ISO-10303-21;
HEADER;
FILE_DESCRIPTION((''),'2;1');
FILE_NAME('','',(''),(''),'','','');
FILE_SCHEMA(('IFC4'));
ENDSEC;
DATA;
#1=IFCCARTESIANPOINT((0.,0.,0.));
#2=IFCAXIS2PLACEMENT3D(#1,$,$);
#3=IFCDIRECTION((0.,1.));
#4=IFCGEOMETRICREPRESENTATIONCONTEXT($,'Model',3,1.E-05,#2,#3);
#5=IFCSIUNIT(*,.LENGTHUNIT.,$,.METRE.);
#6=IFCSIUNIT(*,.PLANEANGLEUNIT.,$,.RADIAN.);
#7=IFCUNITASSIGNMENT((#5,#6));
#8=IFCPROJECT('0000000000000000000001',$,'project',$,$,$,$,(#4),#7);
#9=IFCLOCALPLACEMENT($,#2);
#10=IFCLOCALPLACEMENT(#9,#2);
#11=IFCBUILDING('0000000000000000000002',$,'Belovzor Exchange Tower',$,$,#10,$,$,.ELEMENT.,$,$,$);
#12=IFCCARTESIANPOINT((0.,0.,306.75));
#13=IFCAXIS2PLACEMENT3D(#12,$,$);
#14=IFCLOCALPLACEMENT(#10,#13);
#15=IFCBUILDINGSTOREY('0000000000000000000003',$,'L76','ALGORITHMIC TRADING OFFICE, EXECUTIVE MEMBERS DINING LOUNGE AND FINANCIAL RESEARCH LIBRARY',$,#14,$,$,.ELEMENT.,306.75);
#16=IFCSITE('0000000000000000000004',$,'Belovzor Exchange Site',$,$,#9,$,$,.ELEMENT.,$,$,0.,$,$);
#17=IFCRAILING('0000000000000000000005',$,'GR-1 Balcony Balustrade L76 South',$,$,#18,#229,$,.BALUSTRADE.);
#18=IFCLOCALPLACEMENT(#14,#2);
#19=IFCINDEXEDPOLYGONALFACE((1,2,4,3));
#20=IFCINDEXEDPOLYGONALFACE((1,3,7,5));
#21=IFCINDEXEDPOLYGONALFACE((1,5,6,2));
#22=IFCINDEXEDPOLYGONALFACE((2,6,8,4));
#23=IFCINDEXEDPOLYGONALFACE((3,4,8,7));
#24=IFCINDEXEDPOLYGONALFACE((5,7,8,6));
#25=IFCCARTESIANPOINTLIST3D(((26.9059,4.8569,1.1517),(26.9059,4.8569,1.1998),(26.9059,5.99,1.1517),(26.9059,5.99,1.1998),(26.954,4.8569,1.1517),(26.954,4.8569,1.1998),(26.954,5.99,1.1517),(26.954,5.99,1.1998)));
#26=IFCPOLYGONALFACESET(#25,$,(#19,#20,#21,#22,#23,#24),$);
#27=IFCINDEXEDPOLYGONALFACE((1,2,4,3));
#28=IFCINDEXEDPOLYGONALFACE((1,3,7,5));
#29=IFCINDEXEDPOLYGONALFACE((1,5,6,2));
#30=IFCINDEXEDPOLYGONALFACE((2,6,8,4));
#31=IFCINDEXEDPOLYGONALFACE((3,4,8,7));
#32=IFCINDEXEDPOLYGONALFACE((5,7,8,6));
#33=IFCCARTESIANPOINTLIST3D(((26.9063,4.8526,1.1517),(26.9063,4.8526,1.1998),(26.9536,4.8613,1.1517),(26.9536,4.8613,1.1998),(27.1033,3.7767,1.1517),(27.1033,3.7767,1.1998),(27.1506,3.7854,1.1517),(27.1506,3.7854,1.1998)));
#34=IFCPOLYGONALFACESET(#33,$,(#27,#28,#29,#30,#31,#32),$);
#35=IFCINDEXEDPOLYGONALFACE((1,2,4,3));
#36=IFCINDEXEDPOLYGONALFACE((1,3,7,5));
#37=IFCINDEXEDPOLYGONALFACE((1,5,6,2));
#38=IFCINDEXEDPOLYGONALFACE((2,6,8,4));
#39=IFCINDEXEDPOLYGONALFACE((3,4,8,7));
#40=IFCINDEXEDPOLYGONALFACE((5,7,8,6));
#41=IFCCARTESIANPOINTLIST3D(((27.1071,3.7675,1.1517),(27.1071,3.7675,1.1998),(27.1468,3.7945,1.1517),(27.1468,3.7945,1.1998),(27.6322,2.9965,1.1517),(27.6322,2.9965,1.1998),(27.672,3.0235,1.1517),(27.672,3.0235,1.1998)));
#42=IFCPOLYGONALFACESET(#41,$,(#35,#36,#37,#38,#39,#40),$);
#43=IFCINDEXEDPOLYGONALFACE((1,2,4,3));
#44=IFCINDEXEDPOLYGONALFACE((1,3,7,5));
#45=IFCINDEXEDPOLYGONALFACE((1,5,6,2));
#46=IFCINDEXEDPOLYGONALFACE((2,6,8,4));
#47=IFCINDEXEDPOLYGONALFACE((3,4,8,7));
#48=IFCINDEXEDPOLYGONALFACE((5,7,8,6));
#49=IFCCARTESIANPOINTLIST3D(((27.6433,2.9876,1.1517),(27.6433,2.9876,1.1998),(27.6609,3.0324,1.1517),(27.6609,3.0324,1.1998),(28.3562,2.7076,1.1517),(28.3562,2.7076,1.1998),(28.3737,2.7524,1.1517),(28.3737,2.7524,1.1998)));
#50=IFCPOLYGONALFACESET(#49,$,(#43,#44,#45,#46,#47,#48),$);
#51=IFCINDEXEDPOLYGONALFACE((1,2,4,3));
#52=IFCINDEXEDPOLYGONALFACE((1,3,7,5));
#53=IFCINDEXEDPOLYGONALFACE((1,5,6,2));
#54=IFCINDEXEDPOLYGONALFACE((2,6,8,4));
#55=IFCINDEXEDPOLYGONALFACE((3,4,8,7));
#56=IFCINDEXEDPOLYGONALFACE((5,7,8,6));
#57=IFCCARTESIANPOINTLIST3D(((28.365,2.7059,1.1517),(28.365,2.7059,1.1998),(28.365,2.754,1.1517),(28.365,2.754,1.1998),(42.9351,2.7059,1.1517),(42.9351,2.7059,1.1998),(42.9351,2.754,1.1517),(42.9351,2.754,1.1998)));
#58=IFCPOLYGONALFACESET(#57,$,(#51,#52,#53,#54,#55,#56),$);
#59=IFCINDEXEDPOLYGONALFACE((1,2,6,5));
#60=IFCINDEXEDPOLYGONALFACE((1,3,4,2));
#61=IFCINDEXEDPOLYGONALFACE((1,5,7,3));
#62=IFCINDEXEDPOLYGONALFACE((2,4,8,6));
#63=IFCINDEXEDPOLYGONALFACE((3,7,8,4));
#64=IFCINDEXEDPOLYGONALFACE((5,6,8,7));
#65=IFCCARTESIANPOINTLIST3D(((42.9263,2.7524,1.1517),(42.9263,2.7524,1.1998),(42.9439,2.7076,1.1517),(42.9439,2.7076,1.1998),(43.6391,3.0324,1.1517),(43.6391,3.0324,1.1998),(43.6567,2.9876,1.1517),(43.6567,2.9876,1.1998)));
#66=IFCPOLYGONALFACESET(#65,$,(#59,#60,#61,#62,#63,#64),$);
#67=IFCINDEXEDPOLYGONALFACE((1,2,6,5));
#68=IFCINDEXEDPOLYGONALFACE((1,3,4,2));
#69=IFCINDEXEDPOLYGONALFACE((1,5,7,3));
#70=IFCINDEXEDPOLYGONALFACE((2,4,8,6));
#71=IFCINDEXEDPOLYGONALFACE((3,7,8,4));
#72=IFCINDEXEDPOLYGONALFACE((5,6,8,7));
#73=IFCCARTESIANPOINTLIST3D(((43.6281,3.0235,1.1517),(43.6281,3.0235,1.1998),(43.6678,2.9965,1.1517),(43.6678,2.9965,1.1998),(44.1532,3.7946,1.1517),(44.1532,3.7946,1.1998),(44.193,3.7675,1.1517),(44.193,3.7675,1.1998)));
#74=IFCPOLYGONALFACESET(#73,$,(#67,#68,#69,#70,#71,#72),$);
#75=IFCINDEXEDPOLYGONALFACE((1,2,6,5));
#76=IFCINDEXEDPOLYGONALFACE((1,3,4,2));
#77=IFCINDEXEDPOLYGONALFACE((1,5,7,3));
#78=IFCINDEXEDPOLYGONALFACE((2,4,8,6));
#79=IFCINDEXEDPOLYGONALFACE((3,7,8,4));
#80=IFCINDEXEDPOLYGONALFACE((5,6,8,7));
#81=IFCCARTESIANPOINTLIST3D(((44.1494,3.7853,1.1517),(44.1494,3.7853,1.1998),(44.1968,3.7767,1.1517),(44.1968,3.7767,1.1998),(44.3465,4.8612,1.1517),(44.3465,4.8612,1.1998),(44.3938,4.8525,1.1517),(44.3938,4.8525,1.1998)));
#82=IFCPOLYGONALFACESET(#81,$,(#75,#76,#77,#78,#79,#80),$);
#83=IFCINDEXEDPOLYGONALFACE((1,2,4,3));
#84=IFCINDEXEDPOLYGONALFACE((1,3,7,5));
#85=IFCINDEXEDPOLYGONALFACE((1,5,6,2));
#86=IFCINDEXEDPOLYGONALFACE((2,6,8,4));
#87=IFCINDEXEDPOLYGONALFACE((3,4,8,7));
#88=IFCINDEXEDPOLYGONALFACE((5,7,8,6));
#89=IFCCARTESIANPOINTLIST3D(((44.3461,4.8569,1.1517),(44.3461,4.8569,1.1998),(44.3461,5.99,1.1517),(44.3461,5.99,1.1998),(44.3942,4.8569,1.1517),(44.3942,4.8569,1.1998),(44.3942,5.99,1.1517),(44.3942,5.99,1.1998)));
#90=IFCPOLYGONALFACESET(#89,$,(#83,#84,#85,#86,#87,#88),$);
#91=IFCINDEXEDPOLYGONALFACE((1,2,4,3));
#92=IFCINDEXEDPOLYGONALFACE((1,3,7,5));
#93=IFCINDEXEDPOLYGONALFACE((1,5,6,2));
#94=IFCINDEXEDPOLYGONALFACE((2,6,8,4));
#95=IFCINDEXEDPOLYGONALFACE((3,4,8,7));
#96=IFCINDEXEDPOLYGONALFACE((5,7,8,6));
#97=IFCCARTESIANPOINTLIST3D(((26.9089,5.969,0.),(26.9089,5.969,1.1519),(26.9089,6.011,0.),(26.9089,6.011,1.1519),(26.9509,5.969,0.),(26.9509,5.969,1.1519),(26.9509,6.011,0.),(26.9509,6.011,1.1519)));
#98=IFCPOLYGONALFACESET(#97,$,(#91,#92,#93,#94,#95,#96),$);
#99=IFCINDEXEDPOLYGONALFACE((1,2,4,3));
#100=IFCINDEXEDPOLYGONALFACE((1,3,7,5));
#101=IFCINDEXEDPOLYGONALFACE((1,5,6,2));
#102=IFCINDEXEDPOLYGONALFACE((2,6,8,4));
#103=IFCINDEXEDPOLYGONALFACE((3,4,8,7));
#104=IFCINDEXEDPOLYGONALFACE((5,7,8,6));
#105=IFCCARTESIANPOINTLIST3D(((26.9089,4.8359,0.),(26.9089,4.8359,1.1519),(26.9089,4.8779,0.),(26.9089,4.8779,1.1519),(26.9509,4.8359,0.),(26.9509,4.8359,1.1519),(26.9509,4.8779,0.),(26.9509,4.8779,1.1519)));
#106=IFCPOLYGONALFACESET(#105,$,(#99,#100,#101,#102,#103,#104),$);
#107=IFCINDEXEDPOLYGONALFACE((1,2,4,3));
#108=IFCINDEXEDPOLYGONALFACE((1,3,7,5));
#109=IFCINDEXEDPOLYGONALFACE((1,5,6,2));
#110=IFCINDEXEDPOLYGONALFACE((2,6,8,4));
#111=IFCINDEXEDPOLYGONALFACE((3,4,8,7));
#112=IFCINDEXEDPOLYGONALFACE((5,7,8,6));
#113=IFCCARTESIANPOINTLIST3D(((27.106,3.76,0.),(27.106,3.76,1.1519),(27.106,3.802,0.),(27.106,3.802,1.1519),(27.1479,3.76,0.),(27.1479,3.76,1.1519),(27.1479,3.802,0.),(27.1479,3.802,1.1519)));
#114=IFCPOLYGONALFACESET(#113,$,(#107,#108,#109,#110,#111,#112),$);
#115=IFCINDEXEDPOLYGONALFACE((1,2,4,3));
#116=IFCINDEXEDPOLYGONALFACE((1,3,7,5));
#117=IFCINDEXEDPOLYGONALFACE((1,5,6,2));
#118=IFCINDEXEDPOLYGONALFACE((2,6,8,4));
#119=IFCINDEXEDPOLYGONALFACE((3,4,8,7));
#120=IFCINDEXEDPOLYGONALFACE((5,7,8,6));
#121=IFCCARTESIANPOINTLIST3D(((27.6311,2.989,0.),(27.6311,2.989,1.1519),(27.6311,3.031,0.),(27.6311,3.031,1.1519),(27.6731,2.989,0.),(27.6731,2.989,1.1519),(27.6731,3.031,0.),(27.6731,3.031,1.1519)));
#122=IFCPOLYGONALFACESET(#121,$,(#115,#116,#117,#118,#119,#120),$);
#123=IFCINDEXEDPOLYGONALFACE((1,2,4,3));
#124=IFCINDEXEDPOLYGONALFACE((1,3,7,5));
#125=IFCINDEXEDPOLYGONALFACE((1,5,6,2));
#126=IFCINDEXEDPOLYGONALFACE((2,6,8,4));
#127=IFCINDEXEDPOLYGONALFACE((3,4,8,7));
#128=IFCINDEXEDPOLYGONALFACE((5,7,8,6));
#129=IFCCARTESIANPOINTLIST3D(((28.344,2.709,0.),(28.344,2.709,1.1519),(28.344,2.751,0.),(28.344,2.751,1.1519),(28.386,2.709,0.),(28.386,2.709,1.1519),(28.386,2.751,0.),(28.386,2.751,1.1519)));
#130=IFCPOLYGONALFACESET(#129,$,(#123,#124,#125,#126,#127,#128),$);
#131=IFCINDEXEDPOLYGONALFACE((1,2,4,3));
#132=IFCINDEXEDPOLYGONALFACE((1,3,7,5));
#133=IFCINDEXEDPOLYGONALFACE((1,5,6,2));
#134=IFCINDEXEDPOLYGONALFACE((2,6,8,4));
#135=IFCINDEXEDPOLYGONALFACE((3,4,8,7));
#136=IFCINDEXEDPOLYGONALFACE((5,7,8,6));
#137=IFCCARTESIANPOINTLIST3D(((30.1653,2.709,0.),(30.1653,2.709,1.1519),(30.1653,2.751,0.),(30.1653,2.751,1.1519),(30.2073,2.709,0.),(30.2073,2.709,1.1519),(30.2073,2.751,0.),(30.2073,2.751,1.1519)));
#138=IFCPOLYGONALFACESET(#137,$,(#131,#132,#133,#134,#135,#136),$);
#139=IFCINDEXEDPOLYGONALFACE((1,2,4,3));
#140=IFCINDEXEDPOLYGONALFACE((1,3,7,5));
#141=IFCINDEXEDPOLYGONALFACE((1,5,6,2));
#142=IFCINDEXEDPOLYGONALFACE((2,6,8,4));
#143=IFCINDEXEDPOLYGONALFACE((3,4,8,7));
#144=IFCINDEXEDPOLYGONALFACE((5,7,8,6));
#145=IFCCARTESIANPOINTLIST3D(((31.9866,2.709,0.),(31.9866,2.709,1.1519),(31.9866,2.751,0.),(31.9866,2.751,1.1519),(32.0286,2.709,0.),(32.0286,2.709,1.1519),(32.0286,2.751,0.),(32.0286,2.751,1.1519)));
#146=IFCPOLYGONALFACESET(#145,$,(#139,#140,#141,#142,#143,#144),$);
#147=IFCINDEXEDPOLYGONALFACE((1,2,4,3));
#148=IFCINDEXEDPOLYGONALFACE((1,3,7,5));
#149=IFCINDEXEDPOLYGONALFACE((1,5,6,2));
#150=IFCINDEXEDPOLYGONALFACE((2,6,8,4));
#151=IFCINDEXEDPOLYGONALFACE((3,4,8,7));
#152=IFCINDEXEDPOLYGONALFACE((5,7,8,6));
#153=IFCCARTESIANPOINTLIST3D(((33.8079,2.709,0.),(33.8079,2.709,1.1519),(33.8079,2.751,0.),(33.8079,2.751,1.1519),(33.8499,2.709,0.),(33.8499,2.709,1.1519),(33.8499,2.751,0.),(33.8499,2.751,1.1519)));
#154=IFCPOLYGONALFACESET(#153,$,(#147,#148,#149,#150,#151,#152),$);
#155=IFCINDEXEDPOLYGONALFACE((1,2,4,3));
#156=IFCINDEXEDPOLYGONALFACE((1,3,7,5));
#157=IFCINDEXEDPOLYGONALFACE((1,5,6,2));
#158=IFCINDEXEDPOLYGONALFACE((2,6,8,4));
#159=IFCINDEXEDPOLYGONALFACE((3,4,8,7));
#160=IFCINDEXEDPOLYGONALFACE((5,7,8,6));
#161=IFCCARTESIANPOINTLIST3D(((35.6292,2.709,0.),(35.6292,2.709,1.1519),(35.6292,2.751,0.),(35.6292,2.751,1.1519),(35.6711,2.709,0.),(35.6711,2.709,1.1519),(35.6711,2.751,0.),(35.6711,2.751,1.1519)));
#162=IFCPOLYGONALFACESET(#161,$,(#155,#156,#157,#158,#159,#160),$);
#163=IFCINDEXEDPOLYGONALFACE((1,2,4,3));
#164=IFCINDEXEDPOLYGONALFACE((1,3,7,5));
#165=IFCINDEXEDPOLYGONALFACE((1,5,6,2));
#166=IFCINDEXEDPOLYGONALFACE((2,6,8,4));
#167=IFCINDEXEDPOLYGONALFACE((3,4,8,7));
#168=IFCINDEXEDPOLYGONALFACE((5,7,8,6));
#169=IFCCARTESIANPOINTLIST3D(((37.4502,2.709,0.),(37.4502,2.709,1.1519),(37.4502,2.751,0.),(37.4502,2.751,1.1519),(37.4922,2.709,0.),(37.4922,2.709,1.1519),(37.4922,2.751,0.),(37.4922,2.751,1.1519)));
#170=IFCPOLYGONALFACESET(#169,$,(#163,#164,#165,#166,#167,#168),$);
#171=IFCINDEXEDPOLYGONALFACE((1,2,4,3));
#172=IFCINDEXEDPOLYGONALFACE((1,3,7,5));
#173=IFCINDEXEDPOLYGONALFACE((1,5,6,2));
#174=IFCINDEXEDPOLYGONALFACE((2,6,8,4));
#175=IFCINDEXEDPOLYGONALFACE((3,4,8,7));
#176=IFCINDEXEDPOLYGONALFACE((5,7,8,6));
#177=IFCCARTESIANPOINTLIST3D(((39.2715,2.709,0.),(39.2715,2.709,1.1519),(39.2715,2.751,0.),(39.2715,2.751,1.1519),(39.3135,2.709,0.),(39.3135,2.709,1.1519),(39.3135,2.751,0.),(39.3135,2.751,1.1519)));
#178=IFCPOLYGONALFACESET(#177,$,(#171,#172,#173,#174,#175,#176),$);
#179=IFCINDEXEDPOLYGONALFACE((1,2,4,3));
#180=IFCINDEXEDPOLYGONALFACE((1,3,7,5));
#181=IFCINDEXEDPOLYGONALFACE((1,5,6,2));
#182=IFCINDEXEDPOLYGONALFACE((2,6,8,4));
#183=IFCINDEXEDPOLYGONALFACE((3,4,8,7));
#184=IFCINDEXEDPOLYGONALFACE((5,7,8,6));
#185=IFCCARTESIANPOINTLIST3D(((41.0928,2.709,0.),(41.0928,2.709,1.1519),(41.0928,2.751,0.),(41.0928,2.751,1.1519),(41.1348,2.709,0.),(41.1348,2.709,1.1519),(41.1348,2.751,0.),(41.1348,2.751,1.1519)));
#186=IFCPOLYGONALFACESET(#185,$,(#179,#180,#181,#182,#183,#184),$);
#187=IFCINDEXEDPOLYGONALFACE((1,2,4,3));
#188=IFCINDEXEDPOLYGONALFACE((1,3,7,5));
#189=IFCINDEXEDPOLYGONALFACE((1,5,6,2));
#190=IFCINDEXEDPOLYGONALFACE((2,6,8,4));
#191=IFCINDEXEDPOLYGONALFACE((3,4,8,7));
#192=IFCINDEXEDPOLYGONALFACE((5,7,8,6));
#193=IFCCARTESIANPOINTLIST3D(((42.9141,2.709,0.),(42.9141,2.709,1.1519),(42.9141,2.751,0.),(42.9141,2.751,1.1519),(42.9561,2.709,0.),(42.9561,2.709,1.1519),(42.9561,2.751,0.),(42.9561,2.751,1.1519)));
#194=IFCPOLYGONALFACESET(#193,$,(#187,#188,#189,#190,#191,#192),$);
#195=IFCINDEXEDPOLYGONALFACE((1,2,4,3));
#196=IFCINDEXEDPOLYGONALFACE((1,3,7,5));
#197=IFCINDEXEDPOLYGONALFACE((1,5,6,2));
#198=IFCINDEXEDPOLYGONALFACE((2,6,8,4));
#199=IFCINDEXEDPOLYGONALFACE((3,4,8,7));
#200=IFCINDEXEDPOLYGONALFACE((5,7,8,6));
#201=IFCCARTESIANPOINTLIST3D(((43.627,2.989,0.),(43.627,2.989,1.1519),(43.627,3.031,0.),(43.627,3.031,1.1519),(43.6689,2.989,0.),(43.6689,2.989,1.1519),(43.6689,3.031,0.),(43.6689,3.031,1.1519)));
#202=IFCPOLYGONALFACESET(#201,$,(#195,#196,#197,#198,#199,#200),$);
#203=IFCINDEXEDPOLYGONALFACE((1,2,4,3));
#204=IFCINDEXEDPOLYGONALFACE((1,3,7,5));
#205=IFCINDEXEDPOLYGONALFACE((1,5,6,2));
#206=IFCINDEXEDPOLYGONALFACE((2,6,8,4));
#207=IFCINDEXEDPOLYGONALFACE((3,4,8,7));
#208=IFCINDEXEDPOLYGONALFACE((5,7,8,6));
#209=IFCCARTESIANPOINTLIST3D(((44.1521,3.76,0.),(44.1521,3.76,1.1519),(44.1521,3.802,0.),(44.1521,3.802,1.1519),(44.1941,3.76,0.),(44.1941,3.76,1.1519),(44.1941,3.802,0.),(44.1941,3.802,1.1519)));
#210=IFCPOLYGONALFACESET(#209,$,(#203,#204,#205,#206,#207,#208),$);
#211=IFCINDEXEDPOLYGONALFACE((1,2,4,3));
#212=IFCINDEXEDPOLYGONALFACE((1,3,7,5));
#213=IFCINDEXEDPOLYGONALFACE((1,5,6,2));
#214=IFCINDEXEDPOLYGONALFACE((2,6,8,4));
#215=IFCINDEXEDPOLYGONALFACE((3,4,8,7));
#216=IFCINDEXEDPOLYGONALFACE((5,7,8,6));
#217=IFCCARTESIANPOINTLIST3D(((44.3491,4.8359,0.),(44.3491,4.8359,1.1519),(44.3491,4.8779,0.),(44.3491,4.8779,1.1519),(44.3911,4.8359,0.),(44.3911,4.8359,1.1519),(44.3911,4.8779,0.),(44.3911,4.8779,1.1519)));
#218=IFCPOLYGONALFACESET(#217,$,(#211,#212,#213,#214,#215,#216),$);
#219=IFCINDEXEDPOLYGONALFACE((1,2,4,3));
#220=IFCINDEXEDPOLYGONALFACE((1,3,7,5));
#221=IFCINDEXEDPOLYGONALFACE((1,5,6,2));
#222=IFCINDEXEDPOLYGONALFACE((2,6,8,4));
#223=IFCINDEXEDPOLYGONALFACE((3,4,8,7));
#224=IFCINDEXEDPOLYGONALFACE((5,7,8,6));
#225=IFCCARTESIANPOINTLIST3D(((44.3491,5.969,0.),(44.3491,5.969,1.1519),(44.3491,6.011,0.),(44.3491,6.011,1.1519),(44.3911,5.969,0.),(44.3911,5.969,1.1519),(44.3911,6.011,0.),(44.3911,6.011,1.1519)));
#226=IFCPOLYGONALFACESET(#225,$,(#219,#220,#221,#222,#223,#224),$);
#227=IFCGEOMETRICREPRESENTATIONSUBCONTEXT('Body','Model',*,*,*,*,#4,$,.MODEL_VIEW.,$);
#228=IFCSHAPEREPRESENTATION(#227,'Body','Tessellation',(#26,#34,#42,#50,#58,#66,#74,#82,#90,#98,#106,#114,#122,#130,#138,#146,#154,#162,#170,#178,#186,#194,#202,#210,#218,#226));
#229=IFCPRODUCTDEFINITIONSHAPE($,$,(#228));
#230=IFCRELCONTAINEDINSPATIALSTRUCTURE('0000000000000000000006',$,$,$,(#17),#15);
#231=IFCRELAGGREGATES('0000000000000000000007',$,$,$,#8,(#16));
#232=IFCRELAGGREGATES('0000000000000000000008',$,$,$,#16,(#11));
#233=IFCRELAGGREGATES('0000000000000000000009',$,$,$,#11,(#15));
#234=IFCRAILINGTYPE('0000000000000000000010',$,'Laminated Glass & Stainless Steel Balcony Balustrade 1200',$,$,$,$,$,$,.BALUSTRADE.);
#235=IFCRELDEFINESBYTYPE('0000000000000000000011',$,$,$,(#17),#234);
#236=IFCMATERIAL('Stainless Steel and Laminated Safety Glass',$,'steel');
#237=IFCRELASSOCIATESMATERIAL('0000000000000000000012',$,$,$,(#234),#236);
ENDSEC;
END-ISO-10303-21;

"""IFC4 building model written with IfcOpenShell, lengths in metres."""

from ifc_helpers import new_model, si_unit, direction, frame, origin, origin_2d, place, context, subcontext, project, spatial, rectangle, extrude, material, type_object, element, save


model = new_model("IFC4")

# Units and contexts
model_context = context("Model", 3, precision=1e-05, world=origin(), true_north=direction((0.0, 1.0)))
body_context = subcontext(model_context, "Body", "Model", "MODEL_VIEW")
ifc_project = project(units=[si_unit("LENGTHUNIT", "METRE"), si_unit("PLANEANGLEUNIT", "RADIAN")], contexts=[model_context])

# Site, building, storey
site_placement = place(None, origin())
site = spatial("IfcSite", under=ifc_project, at=site_placement, Name="Belovzor Exchange Site", CompositionType="ELEMENT", RefElevation=0.0)
building_placement = place(site_placement, origin())
building = spatial("IfcBuilding", under=site, at=building_placement, Name="Belovzor Exchange Tower", CompositionType="ELEMENT")
storey_placement = place(building_placement, frame((0.0, 0.0, 306.75)))
storey = spatial("IfcBuildingStorey", under=building, at=storey_placement, Name="L76", Description="ALGORITHMIC TRADING OFFICE, EXECUTIVE MEMBERS DINING LOUNGE AND FINANCIAL RESEARCH LIBRARY", CompositionType="ELEMENT", Elevation=306.75)

# Railing
ifc_material_1 = material(Name="Stainless Steel and Laminated Safety Glass", Category="steel")
railing_type = type_object("IfcRailingType", Name="Laminated Glass & Stainless Steel Balcony Balustrade 1200", PredefinedType="BALUSTRADE", material=ifc_material_1)
railing_placement = place(storey_placement, frame((26.9299, 5.99, 0.0)))
element("IfcRailing", 1, at=railing_placement, inside=storey, type_object=railing_type, Name="GR-1 Balcony Balustrade L76 South", PredefinedType="BALUSTRADE", context=body_context, shape_type="SweptSolid", body=[
    extrude(rectangle(XDim=0.0481, YDim=0.0481, at=origin_2d()), frame((0.0, 0.0, 1.1758), z_axis=(0.0, -1.0, 0.0), x_axis=(1.0, 0.0, 0.0)), (0.0, 0.0, 1.0), 1.1331),
    extrude(rectangle(XDim=0.0481, YDim=0.0481, at=origin_2d()), frame((0.0, -1.1331, 1.1758), z_axis=(0.180123, -0.983644, 0.0), x_axis=(0.983644, 0.180123, 0.0)), (0.0, 0.0, 1.0), 1.0938),
    extrude(rectangle(XDim=0.0481, YDim=0.0481, at=origin_2d()), frame((0.197, -2.209, 1.1758), z_axis=(0.562947, -0.826493, 0.0), x_axis=(0.826493, 0.562947, 0.0)), (0.0, 0.0, 1.0), 0.9329),
    extrude(rectangle(XDim=0.0481, YDim=0.0481, at=origin_2d()), frame((0.7222, -2.98, 1.1758), z_axis=(0.930767, -0.365613, 0.0), x_axis=(0.365613, 0.930767, 0.0)), (0.0, 0.0, 1.0), 0.7659),
    extrude(rectangle(XDim=0.0481, YDim=0.0481, at=origin_2d()), frame((1.4351, -3.26, 1.1758), z_axis=(1.0, 0.0, 0.0), x_axis=(0.0, 1.0, 0.0)), (0.0, 0.0, 1.0), 14.5701),
    extrude(rectangle(XDim=0.0481, YDim=0.0481, at=origin_2d()), frame((16.0051, -3.26, 1.1758), z_axis=(0.930767, 0.365613, 0.0), x_axis=(-0.365613, 0.930767, 0.0)), (0.0, 0.0, 1.0), 0.7659),
    extrude(rectangle(XDim=0.0481, YDim=0.0481, at=origin_2d()), frame((16.718, -2.98, 1.1758), z_axis=(0.562947, 0.826493, 0.0), x_axis=(-0.826493, 0.562947, 0.0)), (0.0, 0.0, 1.0), 0.9329),
    extrude(rectangle(XDim=0.0481, YDim=0.0481, at=origin_2d()), frame((17.2432, -2.209, 1.1758), z_axis=(0.180123, 0.983644, 0.0), x_axis=(-0.983644, 0.180123, 0.0)), (0.0, 0.0, 1.0), 1.0938),
    extrude(rectangle(XDim=0.0481, YDim=0.0481, at=origin_2d()), frame((17.4402, -1.1331, 1.1758), z_axis=(0.0, 1.0, 0.0), x_axis=(-1.0, 0.0, 0.0)), (0.0, 0.0, 1.0), 1.1331),
    extrude(rectangle(XDim=0.042, YDim=0.042, at=origin_2d()), origin(), (0.0, 0.0, 1.0), 1.1519),
    extrude(rectangle(XDim=0.042, YDim=0.042, at=origin_2d()), frame((0.0, -1.1331, 0.0)), (0.0, 0.0, 1.0), 1.1519),
    extrude(rectangle(XDim=0.042, YDim=0.042, at=origin_2d()), frame((0.197, -2.209, 0.0)), (0.0, 0.0, 1.0), 1.1519),
    extrude(rectangle(XDim=0.042, YDim=0.042, at=origin_2d()), frame((0.7222, -2.98, 0.0)), (0.0, 0.0, 1.0), 1.1519),
    extrude(rectangle(XDim=0.042, YDim=0.042, at=origin_2d()), frame((1.4351, -3.26, 0.0)), (0.0, 0.0, 1.0), 1.1519),
    extrude(rectangle(XDim=0.042, YDim=0.042, at=origin_2d()), frame((3.2563, -3.26, 0.0)), (0.0, 0.0, 1.0), 1.1519),
    extrude(rectangle(XDim=0.042, YDim=0.042, at=origin_2d()), frame((5.0776, -3.26, 0.0)), (0.0, 0.0, 1.0), 1.1519),
    extrude(rectangle(XDim=0.042, YDim=0.042, at=origin_2d()), frame((6.8989, -3.26, 0.0)), (0.0, 0.0, 1.0), 1.1519),
    extrude(rectangle(XDim=0.042, YDim=0.042, at=origin_2d()), frame((8.7202, -3.26, 0.0)), (0.0, 0.0, 1.0), 1.1519),
    extrude(rectangle(XDim=0.042, YDim=0.042, at=origin_2d()), frame((10.5413, -3.26, 0.0)), (0.0, 0.0, 1.0), 1.1519),
    extrude(rectangle(XDim=0.042, YDim=0.042, at=origin_2d()), frame((12.3625, -3.26, 0.0)), (0.0, 0.0, 1.0), 1.1519),
    extrude(rectangle(XDim=0.042, YDim=0.042, at=origin_2d()), frame((14.1838, -3.26, 0.0)), (0.0, 0.0, 1.0), 1.1519),
    extrude(rectangle(XDim=0.042, YDim=0.042, at=origin_2d()), frame((16.0051, -3.26, 0.0)), (0.0, 0.0, 1.0), 1.1519),
    extrude(rectangle(XDim=0.042, YDim=0.042, at=origin_2d()), frame((16.718, -2.98, 0.0)), (0.0, 0.0, 1.0), 1.1519),
    extrude(rectangle(XDim=0.042, YDim=0.042, at=origin_2d()), frame((17.2432, -2.209, 0.0)), (0.0, 0.0, 1.0), 1.1519),
    extrude(rectangle(XDim=0.042, YDim=0.042, at=origin_2d()), frame((17.4402, -1.1331, 0.0)), (0.0, 0.0, 1.0), 1.1519),
    extrude(rectangle(XDim=0.042, YDim=0.042, at=origin_2d()), frame((17.4402, 0.0, 0.0)), (0.0, 0.0, 1.0), 1.1519),
])

save(model, "model.ifc")
